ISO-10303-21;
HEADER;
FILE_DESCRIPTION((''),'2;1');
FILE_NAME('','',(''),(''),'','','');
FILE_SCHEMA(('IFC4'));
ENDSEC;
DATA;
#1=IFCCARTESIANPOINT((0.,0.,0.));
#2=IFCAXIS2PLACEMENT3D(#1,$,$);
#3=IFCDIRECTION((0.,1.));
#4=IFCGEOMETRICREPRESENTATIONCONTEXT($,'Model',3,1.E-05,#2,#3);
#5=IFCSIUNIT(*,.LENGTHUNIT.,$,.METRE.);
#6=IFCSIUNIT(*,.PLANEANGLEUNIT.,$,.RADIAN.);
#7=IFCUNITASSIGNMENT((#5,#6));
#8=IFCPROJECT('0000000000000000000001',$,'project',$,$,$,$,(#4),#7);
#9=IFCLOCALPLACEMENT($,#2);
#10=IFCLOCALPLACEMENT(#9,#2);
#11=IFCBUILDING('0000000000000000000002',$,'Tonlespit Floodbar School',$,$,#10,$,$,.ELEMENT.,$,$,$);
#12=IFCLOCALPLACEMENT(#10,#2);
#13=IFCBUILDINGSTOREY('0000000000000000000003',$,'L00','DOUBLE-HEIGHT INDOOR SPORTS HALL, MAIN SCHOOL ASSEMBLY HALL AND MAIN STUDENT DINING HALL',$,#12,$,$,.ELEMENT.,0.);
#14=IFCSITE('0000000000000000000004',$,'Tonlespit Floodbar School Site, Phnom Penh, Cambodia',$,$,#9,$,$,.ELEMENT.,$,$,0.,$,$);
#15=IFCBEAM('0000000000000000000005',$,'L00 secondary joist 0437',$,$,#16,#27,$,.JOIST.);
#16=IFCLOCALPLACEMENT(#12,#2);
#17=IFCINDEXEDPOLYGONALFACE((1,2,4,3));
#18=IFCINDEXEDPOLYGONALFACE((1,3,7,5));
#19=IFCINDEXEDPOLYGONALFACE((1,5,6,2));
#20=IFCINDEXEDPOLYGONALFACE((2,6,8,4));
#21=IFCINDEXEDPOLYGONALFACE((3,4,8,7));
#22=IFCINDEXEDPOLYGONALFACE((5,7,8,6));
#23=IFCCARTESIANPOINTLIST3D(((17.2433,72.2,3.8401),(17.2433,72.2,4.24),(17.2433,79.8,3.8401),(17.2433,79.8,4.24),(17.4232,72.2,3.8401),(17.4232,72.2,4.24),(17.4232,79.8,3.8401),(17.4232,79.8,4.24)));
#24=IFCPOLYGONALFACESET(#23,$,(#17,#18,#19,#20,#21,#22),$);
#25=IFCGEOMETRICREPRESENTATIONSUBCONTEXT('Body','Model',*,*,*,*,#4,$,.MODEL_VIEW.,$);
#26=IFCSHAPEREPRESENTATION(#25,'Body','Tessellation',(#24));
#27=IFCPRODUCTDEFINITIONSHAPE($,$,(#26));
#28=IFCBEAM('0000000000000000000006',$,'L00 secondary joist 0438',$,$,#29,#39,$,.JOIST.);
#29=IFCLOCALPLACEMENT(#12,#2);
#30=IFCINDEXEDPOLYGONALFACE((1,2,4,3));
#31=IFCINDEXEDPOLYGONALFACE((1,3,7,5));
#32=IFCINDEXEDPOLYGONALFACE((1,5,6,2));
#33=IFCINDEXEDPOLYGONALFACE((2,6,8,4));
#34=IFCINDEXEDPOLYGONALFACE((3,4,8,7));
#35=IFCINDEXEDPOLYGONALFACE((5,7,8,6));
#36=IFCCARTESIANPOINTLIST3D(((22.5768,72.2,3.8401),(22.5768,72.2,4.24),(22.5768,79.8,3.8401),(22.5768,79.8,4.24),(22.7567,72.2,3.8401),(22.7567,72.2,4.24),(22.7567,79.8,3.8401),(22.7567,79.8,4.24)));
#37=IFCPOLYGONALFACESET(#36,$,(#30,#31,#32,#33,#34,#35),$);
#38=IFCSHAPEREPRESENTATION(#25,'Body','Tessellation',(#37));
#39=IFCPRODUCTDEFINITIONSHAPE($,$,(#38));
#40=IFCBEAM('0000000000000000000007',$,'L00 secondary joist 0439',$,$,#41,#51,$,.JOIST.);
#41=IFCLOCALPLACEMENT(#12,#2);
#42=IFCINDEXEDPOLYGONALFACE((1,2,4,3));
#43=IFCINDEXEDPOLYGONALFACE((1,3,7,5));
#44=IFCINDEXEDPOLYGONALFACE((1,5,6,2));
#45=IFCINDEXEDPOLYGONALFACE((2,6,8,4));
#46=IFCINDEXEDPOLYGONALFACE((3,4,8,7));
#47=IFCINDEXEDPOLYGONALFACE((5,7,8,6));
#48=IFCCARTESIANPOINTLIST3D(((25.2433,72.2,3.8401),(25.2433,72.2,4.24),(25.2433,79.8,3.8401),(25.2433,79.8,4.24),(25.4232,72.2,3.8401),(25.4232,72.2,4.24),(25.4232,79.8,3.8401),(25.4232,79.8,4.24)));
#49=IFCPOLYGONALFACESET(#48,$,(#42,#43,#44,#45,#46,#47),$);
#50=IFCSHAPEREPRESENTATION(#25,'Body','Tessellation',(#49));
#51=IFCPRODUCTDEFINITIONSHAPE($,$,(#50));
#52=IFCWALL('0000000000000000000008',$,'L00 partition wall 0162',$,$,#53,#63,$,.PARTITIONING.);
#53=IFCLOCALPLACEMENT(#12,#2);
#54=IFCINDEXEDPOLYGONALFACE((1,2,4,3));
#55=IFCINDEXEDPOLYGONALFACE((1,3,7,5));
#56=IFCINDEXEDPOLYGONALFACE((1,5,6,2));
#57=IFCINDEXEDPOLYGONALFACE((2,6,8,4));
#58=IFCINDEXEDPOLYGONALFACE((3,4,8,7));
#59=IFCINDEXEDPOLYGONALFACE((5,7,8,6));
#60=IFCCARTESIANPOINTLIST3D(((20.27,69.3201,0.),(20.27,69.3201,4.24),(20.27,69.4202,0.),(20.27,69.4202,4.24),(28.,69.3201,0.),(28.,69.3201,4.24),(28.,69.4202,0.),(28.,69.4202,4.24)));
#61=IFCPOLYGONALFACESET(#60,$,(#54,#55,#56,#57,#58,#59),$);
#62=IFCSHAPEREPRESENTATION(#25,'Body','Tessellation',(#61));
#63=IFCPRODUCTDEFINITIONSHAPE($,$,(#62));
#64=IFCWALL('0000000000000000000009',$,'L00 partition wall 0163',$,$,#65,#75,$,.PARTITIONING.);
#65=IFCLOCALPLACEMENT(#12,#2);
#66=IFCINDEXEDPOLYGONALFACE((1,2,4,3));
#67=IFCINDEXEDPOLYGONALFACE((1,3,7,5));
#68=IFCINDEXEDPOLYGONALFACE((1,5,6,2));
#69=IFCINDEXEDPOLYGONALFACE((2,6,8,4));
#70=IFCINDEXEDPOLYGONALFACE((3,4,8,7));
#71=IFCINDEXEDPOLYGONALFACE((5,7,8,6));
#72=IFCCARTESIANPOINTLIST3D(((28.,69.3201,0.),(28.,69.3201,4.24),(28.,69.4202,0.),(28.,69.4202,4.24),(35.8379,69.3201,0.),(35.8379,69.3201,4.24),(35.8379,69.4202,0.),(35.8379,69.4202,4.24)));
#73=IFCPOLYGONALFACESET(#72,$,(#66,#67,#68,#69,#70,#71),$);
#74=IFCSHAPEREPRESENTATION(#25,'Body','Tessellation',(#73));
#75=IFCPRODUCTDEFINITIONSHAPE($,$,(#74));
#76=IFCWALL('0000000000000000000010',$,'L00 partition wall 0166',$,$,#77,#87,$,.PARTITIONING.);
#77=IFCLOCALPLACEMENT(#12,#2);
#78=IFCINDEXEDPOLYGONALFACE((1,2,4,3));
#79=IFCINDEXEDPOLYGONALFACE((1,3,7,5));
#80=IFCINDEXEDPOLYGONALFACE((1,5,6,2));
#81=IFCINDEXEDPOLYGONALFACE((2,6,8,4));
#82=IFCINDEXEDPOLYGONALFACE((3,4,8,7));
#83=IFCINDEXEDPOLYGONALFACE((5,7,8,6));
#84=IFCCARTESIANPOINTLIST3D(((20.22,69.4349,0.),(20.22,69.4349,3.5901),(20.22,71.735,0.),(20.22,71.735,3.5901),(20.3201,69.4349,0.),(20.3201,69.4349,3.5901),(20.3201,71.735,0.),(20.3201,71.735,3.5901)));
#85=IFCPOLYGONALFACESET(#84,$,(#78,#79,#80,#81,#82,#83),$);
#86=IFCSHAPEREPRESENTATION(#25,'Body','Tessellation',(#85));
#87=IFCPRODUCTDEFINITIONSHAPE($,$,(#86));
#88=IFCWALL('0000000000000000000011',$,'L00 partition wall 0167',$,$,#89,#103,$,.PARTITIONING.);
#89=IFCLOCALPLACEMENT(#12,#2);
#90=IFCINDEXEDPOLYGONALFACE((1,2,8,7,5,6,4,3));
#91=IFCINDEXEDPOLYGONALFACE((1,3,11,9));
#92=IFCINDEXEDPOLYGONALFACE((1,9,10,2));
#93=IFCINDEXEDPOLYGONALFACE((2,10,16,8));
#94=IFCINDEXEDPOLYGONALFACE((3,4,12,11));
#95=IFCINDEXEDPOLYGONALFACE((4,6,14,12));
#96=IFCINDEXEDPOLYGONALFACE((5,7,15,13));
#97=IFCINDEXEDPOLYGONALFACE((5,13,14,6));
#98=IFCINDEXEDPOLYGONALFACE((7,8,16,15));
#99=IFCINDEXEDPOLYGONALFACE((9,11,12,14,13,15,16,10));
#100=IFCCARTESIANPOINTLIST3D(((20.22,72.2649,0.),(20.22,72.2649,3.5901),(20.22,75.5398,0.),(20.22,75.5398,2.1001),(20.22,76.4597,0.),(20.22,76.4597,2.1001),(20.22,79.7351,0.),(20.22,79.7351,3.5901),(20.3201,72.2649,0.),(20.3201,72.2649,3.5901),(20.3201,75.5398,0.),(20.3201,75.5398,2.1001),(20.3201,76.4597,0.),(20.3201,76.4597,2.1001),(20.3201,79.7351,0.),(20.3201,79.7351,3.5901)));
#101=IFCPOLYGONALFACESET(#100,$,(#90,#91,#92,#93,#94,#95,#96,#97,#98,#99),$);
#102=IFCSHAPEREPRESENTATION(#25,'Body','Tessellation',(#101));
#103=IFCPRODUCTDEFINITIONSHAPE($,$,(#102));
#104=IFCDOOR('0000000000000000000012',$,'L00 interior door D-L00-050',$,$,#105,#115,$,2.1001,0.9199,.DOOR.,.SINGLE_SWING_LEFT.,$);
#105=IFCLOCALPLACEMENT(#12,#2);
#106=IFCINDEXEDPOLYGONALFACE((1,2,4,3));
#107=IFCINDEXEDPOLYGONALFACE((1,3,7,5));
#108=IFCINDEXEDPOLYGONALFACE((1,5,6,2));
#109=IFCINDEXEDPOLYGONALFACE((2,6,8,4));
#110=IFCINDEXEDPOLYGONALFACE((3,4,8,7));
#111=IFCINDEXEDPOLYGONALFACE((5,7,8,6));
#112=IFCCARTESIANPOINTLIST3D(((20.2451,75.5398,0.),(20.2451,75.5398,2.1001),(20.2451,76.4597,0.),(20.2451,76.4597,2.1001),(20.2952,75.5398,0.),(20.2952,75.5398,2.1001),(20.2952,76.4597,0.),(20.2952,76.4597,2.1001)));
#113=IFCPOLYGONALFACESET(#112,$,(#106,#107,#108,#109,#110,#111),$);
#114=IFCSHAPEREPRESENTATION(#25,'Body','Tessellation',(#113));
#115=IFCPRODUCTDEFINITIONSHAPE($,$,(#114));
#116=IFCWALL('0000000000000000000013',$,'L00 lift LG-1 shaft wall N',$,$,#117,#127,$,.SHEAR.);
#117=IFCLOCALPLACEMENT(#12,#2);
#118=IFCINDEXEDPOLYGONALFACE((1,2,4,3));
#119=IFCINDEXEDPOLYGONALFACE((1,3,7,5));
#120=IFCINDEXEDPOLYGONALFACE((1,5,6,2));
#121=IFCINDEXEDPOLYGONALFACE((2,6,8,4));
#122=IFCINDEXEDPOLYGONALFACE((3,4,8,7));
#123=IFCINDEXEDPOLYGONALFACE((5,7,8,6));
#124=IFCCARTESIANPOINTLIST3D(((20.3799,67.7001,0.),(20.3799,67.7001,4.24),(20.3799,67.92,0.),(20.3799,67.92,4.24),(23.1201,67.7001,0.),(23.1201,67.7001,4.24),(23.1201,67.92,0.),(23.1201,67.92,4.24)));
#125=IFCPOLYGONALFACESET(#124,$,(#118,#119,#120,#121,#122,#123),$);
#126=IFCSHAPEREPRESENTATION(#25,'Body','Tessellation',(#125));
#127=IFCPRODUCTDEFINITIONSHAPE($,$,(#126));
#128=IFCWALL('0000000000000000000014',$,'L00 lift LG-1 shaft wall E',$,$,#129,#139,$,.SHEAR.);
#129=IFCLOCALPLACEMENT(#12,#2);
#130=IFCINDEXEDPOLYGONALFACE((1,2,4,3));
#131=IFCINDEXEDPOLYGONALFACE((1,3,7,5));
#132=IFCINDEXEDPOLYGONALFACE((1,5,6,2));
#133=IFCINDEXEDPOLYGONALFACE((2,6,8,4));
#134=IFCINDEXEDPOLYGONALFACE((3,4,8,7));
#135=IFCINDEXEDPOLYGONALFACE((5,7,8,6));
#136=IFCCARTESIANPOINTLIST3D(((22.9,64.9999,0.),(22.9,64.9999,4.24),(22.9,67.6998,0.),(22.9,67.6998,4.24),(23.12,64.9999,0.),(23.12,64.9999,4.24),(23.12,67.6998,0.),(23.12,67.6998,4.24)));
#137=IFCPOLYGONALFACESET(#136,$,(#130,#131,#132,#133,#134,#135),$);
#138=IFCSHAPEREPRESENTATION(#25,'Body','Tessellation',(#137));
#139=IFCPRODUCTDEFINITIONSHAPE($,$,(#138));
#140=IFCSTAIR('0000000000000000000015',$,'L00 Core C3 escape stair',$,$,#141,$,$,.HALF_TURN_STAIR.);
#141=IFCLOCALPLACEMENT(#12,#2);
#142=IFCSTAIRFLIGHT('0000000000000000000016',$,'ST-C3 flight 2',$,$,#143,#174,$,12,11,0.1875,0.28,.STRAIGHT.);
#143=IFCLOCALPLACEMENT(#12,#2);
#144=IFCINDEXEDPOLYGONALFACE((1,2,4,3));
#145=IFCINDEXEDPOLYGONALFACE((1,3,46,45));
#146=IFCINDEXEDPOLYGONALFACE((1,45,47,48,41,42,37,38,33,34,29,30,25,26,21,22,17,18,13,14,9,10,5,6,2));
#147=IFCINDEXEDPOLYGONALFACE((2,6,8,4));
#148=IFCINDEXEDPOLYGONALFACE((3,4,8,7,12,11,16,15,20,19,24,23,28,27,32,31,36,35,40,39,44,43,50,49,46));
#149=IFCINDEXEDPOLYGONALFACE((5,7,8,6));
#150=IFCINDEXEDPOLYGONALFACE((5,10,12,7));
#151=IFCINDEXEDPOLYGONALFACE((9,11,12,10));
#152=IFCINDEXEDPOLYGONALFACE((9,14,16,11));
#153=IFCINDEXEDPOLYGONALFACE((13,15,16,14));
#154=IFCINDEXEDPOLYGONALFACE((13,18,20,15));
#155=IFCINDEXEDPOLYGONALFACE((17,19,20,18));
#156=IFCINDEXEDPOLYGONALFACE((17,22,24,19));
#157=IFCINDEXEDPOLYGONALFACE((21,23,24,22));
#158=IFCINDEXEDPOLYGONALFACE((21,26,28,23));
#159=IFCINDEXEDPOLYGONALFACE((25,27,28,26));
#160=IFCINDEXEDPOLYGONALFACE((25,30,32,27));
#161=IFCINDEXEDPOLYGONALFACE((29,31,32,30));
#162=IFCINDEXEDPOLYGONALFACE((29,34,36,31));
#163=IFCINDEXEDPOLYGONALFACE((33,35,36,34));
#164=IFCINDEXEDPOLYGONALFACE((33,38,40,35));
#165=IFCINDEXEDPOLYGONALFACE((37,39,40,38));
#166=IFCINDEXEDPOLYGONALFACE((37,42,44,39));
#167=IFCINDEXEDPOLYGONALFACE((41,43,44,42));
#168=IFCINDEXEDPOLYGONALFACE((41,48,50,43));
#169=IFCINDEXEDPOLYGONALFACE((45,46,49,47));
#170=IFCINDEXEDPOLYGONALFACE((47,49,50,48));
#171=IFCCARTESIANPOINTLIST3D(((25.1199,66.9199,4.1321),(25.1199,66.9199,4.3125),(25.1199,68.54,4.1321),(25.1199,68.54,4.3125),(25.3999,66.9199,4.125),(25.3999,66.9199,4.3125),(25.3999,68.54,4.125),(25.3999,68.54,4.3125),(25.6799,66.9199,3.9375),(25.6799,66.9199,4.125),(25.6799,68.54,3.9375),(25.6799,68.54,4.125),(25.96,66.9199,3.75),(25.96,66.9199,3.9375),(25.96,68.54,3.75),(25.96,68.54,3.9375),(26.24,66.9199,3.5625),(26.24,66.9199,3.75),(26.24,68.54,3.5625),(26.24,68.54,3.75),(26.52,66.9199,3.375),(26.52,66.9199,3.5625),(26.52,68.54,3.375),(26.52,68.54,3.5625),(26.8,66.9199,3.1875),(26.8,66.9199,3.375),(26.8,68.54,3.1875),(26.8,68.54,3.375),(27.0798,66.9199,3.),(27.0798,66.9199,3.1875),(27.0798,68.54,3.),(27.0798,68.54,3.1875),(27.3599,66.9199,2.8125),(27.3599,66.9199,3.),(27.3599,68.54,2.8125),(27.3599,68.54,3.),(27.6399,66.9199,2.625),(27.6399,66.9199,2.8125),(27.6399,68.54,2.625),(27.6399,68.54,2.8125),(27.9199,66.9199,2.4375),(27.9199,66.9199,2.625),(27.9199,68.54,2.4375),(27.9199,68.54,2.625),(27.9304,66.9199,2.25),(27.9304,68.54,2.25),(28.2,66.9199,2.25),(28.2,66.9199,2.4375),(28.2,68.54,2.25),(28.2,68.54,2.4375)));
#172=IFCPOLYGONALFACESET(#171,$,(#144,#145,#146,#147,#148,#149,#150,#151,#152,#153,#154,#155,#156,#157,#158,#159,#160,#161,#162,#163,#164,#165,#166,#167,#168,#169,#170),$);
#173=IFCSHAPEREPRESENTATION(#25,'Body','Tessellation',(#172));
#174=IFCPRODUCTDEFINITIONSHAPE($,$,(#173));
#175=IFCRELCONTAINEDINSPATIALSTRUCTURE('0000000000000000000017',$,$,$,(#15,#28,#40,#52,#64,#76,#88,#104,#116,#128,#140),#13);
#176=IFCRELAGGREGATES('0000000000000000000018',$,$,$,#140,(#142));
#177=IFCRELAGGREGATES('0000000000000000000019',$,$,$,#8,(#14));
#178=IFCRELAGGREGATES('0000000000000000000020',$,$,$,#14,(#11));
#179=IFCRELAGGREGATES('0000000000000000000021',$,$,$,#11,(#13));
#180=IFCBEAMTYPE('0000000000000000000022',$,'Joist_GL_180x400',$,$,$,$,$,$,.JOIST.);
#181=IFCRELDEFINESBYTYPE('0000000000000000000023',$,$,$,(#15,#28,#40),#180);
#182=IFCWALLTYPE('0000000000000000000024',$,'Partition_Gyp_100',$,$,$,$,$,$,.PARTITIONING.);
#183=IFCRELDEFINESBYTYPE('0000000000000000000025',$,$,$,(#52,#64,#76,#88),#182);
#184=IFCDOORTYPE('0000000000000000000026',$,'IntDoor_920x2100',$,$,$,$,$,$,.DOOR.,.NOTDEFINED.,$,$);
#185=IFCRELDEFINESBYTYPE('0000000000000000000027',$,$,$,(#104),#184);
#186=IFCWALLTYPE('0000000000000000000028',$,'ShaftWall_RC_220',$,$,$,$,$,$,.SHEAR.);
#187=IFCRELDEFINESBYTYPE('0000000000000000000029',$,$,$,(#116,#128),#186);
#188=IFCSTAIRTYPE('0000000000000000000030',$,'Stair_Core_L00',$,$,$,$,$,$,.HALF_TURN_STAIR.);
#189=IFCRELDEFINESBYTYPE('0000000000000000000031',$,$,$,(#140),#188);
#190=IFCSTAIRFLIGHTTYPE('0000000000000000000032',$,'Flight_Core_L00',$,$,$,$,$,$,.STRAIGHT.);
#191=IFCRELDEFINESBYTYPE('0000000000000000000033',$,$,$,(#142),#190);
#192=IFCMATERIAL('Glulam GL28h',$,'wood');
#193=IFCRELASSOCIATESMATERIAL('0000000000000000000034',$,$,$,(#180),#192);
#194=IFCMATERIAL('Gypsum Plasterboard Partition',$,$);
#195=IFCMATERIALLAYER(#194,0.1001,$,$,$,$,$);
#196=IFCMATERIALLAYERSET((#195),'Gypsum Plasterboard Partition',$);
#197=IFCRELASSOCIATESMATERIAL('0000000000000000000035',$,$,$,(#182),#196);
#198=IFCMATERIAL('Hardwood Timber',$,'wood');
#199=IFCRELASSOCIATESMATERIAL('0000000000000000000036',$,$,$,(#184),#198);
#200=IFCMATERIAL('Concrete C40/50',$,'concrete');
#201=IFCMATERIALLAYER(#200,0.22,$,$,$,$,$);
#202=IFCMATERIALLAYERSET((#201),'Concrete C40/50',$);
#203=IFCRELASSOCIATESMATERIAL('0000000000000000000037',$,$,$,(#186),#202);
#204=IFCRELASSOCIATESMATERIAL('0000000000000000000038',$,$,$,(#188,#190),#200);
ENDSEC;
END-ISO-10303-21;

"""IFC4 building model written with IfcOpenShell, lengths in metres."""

from ifc_helpers import new_model, si_unit, direction, frame, frame_2d, origin, origin_2d, place, context, subcontext, project, spatial, polyline, rectangle, outline, extrude, material, layer, layer_set, material_profile, profile_set, type_object, element, fill, aggregate, save


model = new_model("IFC4")

# Units and contexts
model_context = context("Model", 3, precision=1e-05, world=origin(), true_north=direction((0.0, 1.0)))
body_context = subcontext(model_context, "Body", "Model", "MODEL_VIEW")
ifc_project = project(units=[si_unit("LENGTHUNIT", "METRE"), si_unit("PLANEANGLEUNIT", "RADIAN")], contexts=[model_context])

# Site, building, storey
site_placement = place(None, origin())
site = spatial("IfcSite", under=ifc_project, at=site_placement, Name="Tonlespit Floodbar School Site, Phnom Penh, Cambodia", CompositionType="ELEMENT", RefElevation=0.0)
building_placement = place(site_placement, origin())
building = spatial("IfcBuilding", under=site, at=building_placement, Name="Tonlespit Floodbar School", CompositionType="ELEMENT")
storey_placement = place(building_placement, origin())
storey = spatial("IfcBuildingStorey", under=building, at=storey_placement, Name="L00", Description="DOUBLE-HEIGHT INDOOR SPORTS HALL, MAIN SCHOOL ASSEMBLY HALL AND MAIN STUDENT DINING HALL", CompositionType="ELEMENT", Elevation=0.0)

# Shared definitions
ifc_material_1 = material(Name="Concrete C40/50", Category="concrete")

# Beams
ifc_material_2 = material(Name="Glulam GL28h", Category="wood")
ifc_material_profile_1 = material_profile(ifc_material_2, rectangle(XDim=0.1799, YDim=0.3999, at=origin_2d()), Name="GL 180x400")
ifc_profile_set_1 = profile_set([ifc_material_profile_1], Name="Glulam GL28h")
beam_type_1 = type_object("IfcBeamType", Name="Joist_GL_180x400", PredefinedType="JOIST", material=ifc_profile_set_1)
for number, where, z_axis, x_axis, name in (
    (1, (17.3333, 72.2, 4.04), (0.0, 1.0, 0.0), (-1.0, 0.0, 0.0), "L00 secondary joist 0437"),
    (2, (22.6667, 72.2, 4.04), (0.0, 1.0, 0.0), (-1.0, 0.0, 0.0), "L00 secondary joist 0438"),
    (3, (25.3333, 72.2, 4.04), (0.0, 1.0, 0.0), (-1.0, 0.0, 0.0), "L00 secondary joist 0439"),
):
    element("IfcBeam", number, at=place(storey_placement, frame(where, z_axis=z_axis, x_axis=x_axis)), inside=storey, type_object=beam_type_1, Name=name, PredefinedType="JOIST", context=body_context, shape_type="SweptSolid", body=[
        extrude(rectangle(XDim=0.1799, YDim=0.3999, at=origin_2d()), origin(), (0.0, 0.0, 1.0), 7.6001),
    ])

# Walls
ifc_material_3 = material(Name="Gypsum Plasterboard Partition")
ifc_layer_1 = layer(ifc_material_3, 0.1001)
ifc_layer_set_1 = layer_set([ifc_layer_1], Name="Gypsum Plasterboard Partition")
wall_type_1 = type_object("IfcWallType", Name="Partition_Gyp_100", PredefinedType="PARTITIONING", material=ifc_layer_set_1)
wall_1_placement = place(storey_placement, frame((20.27, 69.3701, 0.0), z_axis=(0.0, 0.0, 1.0), x_axis=(1.0, 0.0, 0.0)))
element("IfcWall", 4, at=wall_1_placement, inside=storey, type_object=wall_type_1, Name="L00 partition wall 0162", PredefinedType="PARTITIONING", context=body_context, shape_type="SweptSolid", body=[
    extrude(rectangle(XDim=7.73, YDim=0.1001, at=frame_2d((3.865, 0.0))), origin(), (0.0, 0.0, 1.0), 4.24),
])
wall_2_placement = place(storey_placement, frame((28.0, 69.3701, 0.0), z_axis=(0.0, 0.0, 1.0), x_axis=(1.0, 0.0, 0.0)))
element("IfcWall", 5, at=wall_2_placement, inside=storey, type_object=wall_type_1, Name="L00 partition wall 0163", PredefinedType="PARTITIONING", context=body_context, shape_type="SweptSolid", body=[
    extrude(rectangle(XDim=7.8379, YDim=0.1001, at=frame_2d((3.9189, 0.0))), origin(), (0.0, 0.0, 1.0), 4.24),
])
wall_3_placement = place(storey_placement, frame((20.27, 69.4351, 0.0), z_axis=(0.0, 0.0, 1.0), x_axis=(0.0, 1.0, 0.0)))
element("IfcWall", 6, at=wall_3_placement, inside=storey, type_object=wall_type_1, Name="L00 partition wall 0166", PredefinedType="PARTITIONING", context=body_context, shape_type="SweptSolid", body=[
    extrude(rectangle(XDim=2.3, YDim=0.1001, at=frame_2d((1.1499, 0.0))), origin(), (0.0, 0.0, 1.0), 3.5901),
])

# Wall, opening, door
wall_4_placement = place(storey_placement, frame((20.27, 72.2649, 0.0), z_axis=(0.0, 0.0, 1.0), x_axis=(0.0, 1.0, 0.0)))
wall_4 = element("IfcWall", 7, at=wall_4_placement, inside=storey, type_object=wall_type_1, Name="L00 partition wall 0167", PredefinedType="PARTITIONING", context=body_context, shape_type="SweptSolid", body=[
    extrude(rectangle(XDim=7.4702, YDim=0.1001, at=frame_2d((3.7351, 0.0))), origin(), (0.0, 0.0, 1.0), 3.5901),
])
opening_placement = place(wall_4_placement, frame((3.2749, 0.0, 0.0)))
opening = element("IfcOpeningElement", 8, at=opening_placement, cuts=wall_4, PredefinedType="OPENING", context=body_context, shape_type="SweptSolid", body=[
    extrude(rectangle(XDim=0.9199, YDim=2.1001, at=frame_2d((0.46, 1.05))), frame((0.0, 0.0601, 0.0), z_axis=(0.0, -1.0, 0.0), x_axis=(1.0, 0.0, 0.0)), (0.0, 0.0, 1.0), 0.1201),
])
ifc_material_4 = material(Name="Hardwood Timber", Category="wood")
door_type = type_object("IfcDoorType", Name="IntDoor_920x2100", OperationType="NOTDEFINED", PredefinedType="DOOR", material=ifc_material_4)
door_placement = place(opening_placement, origin())
door = element("IfcDoor", 9, at=door_placement, inside=storey, type_object=door_type, Name="L00 interior door D-L00-050", OperationType="SINGLE_SWING_LEFT", OverallHeight=2.1001, OverallWidth=0.9199, PredefinedType="DOOR", context=body_context, shape_type="SweptSolid", body=[
    extrude(rectangle(XDim=0.9199, YDim=2.1001, at=frame_2d((0.46, 1.05))), frame((0.0, 0.0249, 0.0), z_axis=(0.0, -1.0, 0.0), x_axis=(1.0, 0.0, 0.0)), (0.0, 0.0, 1.0), 0.05),
])
fill(opening, door)

# Walls
ifc_layer_2 = layer(ifc_material_1, 0.22)
ifc_layer_set_2 = layer_set([ifc_layer_2], Name="Concrete C40/50")
wall_type_2 = type_object("IfcWallType", Name="ShaftWall_RC_220", PredefinedType="SHEAR", material=ifc_layer_set_2)
wall_5_placement = place(storey_placement, frame((20.3799, 67.8101, 0.0), z_axis=(0.0, 0.0, 1.0), x_axis=(1.0, 0.0, 0.0)))
element("IfcWall", 10, at=wall_5_placement, inside=storey, type_object=wall_type_2, Name="L00 lift LG-1 shaft wall N", PredefinedType="SHEAR", context=body_context, shape_type="SweptSolid", body=[
    extrude(rectangle(XDim=2.7402, YDim=0.22, at=frame_2d((1.3701, 0.0))), origin(), (0.0, 0.0, 1.0), 4.24),
])
wall_6_placement = place(storey_placement, frame((23.01, 67.7, 0.0), z_axis=(0.0, 0.0, 1.0), x_axis=(0.0, -1.0, 0.0)))
element("IfcWall", 11, at=wall_6_placement, inside=storey, type_object=wall_type_2, Name="L00 lift LG-1 shaft wall E", PredefinedType="SHEAR", context=body_context, shape_type="SweptSolid", body=[
    extrude(rectangle(XDim=2.7, YDim=0.22, at=frame_2d((1.3501, 0.0))), origin(), (0.0, 0.0, 1.0), 4.24),
])

# Stair, stair flight
stair_type = type_object("IfcStairType", Name="Stair_Core_L00", PredefinedType="HALF_TURN_STAIR", material=ifc_material_1)
stair_placement = place(storey_placement, origin())
stair = element("IfcStair", 12, at=stair_placement, inside=storey, type_object=stair_type, Name="L00 Core C3 escape stair", PredefinedType="HALF_TURN_STAIR")
stair_flight_type = type_object("IfcStairFlightType", Name="Flight_Core_L00", PredefinedType="STRAIGHT", material=ifc_material_1)
stair_flight_placement = place(storey_placement, frame((28.2, 67.73, 2.25), z_axis=(0.0, 0.0, 1.0), x_axis=(-1.0, 0.0, 0.0)))
stair_flight = element("IfcStairFlight", 13, at=stair_flight_placement, type_object=stair_flight_type, Name="ST-C3 flight 2", NumberOfRisers=12, NumberOfTreads=11, PredefinedType="STRAIGHT", RiserHeight=0.1875, TreadLength=0.28, context=body_context, shape_type="SweptSolid", body=[
    extrude(outline(polyline([(0.0, 0.0), (0.0, 0.1875), (0.28, 0.1875), (0.28, 0.375), (0.5601, 0.375), (0.5601, 0.5625), (0.8401, 0.5625), (0.8401, 0.75), (1.1201, 0.75), (1.1201, 0.9375), (1.3999, 0.9375), (1.3999, 1.125), (1.6799, 1.125), (1.6799, 1.3125), (1.96, 1.3125), (1.96, 1.5), (2.24, 1.5), (2.24, 1.6875), (2.52, 1.6875), (2.52, 1.875), (2.8, 1.875), (2.8, 2.0625), (3.0801, 2.0625), (3.0801, 2.25), (3.0801, 1.8821), (0.2695, 0.0), (0.0, 0.0)])), frame((0.0, 0.8101, 0.0), z_axis=(0.0, -1.0, 0.0), x_axis=(1.0, 0.0, 0.0)), (0.0, 0.0, 1.0), 1.6201),
])
aggregate(stair, [stair_flight])

save(model, "model.ifc")
